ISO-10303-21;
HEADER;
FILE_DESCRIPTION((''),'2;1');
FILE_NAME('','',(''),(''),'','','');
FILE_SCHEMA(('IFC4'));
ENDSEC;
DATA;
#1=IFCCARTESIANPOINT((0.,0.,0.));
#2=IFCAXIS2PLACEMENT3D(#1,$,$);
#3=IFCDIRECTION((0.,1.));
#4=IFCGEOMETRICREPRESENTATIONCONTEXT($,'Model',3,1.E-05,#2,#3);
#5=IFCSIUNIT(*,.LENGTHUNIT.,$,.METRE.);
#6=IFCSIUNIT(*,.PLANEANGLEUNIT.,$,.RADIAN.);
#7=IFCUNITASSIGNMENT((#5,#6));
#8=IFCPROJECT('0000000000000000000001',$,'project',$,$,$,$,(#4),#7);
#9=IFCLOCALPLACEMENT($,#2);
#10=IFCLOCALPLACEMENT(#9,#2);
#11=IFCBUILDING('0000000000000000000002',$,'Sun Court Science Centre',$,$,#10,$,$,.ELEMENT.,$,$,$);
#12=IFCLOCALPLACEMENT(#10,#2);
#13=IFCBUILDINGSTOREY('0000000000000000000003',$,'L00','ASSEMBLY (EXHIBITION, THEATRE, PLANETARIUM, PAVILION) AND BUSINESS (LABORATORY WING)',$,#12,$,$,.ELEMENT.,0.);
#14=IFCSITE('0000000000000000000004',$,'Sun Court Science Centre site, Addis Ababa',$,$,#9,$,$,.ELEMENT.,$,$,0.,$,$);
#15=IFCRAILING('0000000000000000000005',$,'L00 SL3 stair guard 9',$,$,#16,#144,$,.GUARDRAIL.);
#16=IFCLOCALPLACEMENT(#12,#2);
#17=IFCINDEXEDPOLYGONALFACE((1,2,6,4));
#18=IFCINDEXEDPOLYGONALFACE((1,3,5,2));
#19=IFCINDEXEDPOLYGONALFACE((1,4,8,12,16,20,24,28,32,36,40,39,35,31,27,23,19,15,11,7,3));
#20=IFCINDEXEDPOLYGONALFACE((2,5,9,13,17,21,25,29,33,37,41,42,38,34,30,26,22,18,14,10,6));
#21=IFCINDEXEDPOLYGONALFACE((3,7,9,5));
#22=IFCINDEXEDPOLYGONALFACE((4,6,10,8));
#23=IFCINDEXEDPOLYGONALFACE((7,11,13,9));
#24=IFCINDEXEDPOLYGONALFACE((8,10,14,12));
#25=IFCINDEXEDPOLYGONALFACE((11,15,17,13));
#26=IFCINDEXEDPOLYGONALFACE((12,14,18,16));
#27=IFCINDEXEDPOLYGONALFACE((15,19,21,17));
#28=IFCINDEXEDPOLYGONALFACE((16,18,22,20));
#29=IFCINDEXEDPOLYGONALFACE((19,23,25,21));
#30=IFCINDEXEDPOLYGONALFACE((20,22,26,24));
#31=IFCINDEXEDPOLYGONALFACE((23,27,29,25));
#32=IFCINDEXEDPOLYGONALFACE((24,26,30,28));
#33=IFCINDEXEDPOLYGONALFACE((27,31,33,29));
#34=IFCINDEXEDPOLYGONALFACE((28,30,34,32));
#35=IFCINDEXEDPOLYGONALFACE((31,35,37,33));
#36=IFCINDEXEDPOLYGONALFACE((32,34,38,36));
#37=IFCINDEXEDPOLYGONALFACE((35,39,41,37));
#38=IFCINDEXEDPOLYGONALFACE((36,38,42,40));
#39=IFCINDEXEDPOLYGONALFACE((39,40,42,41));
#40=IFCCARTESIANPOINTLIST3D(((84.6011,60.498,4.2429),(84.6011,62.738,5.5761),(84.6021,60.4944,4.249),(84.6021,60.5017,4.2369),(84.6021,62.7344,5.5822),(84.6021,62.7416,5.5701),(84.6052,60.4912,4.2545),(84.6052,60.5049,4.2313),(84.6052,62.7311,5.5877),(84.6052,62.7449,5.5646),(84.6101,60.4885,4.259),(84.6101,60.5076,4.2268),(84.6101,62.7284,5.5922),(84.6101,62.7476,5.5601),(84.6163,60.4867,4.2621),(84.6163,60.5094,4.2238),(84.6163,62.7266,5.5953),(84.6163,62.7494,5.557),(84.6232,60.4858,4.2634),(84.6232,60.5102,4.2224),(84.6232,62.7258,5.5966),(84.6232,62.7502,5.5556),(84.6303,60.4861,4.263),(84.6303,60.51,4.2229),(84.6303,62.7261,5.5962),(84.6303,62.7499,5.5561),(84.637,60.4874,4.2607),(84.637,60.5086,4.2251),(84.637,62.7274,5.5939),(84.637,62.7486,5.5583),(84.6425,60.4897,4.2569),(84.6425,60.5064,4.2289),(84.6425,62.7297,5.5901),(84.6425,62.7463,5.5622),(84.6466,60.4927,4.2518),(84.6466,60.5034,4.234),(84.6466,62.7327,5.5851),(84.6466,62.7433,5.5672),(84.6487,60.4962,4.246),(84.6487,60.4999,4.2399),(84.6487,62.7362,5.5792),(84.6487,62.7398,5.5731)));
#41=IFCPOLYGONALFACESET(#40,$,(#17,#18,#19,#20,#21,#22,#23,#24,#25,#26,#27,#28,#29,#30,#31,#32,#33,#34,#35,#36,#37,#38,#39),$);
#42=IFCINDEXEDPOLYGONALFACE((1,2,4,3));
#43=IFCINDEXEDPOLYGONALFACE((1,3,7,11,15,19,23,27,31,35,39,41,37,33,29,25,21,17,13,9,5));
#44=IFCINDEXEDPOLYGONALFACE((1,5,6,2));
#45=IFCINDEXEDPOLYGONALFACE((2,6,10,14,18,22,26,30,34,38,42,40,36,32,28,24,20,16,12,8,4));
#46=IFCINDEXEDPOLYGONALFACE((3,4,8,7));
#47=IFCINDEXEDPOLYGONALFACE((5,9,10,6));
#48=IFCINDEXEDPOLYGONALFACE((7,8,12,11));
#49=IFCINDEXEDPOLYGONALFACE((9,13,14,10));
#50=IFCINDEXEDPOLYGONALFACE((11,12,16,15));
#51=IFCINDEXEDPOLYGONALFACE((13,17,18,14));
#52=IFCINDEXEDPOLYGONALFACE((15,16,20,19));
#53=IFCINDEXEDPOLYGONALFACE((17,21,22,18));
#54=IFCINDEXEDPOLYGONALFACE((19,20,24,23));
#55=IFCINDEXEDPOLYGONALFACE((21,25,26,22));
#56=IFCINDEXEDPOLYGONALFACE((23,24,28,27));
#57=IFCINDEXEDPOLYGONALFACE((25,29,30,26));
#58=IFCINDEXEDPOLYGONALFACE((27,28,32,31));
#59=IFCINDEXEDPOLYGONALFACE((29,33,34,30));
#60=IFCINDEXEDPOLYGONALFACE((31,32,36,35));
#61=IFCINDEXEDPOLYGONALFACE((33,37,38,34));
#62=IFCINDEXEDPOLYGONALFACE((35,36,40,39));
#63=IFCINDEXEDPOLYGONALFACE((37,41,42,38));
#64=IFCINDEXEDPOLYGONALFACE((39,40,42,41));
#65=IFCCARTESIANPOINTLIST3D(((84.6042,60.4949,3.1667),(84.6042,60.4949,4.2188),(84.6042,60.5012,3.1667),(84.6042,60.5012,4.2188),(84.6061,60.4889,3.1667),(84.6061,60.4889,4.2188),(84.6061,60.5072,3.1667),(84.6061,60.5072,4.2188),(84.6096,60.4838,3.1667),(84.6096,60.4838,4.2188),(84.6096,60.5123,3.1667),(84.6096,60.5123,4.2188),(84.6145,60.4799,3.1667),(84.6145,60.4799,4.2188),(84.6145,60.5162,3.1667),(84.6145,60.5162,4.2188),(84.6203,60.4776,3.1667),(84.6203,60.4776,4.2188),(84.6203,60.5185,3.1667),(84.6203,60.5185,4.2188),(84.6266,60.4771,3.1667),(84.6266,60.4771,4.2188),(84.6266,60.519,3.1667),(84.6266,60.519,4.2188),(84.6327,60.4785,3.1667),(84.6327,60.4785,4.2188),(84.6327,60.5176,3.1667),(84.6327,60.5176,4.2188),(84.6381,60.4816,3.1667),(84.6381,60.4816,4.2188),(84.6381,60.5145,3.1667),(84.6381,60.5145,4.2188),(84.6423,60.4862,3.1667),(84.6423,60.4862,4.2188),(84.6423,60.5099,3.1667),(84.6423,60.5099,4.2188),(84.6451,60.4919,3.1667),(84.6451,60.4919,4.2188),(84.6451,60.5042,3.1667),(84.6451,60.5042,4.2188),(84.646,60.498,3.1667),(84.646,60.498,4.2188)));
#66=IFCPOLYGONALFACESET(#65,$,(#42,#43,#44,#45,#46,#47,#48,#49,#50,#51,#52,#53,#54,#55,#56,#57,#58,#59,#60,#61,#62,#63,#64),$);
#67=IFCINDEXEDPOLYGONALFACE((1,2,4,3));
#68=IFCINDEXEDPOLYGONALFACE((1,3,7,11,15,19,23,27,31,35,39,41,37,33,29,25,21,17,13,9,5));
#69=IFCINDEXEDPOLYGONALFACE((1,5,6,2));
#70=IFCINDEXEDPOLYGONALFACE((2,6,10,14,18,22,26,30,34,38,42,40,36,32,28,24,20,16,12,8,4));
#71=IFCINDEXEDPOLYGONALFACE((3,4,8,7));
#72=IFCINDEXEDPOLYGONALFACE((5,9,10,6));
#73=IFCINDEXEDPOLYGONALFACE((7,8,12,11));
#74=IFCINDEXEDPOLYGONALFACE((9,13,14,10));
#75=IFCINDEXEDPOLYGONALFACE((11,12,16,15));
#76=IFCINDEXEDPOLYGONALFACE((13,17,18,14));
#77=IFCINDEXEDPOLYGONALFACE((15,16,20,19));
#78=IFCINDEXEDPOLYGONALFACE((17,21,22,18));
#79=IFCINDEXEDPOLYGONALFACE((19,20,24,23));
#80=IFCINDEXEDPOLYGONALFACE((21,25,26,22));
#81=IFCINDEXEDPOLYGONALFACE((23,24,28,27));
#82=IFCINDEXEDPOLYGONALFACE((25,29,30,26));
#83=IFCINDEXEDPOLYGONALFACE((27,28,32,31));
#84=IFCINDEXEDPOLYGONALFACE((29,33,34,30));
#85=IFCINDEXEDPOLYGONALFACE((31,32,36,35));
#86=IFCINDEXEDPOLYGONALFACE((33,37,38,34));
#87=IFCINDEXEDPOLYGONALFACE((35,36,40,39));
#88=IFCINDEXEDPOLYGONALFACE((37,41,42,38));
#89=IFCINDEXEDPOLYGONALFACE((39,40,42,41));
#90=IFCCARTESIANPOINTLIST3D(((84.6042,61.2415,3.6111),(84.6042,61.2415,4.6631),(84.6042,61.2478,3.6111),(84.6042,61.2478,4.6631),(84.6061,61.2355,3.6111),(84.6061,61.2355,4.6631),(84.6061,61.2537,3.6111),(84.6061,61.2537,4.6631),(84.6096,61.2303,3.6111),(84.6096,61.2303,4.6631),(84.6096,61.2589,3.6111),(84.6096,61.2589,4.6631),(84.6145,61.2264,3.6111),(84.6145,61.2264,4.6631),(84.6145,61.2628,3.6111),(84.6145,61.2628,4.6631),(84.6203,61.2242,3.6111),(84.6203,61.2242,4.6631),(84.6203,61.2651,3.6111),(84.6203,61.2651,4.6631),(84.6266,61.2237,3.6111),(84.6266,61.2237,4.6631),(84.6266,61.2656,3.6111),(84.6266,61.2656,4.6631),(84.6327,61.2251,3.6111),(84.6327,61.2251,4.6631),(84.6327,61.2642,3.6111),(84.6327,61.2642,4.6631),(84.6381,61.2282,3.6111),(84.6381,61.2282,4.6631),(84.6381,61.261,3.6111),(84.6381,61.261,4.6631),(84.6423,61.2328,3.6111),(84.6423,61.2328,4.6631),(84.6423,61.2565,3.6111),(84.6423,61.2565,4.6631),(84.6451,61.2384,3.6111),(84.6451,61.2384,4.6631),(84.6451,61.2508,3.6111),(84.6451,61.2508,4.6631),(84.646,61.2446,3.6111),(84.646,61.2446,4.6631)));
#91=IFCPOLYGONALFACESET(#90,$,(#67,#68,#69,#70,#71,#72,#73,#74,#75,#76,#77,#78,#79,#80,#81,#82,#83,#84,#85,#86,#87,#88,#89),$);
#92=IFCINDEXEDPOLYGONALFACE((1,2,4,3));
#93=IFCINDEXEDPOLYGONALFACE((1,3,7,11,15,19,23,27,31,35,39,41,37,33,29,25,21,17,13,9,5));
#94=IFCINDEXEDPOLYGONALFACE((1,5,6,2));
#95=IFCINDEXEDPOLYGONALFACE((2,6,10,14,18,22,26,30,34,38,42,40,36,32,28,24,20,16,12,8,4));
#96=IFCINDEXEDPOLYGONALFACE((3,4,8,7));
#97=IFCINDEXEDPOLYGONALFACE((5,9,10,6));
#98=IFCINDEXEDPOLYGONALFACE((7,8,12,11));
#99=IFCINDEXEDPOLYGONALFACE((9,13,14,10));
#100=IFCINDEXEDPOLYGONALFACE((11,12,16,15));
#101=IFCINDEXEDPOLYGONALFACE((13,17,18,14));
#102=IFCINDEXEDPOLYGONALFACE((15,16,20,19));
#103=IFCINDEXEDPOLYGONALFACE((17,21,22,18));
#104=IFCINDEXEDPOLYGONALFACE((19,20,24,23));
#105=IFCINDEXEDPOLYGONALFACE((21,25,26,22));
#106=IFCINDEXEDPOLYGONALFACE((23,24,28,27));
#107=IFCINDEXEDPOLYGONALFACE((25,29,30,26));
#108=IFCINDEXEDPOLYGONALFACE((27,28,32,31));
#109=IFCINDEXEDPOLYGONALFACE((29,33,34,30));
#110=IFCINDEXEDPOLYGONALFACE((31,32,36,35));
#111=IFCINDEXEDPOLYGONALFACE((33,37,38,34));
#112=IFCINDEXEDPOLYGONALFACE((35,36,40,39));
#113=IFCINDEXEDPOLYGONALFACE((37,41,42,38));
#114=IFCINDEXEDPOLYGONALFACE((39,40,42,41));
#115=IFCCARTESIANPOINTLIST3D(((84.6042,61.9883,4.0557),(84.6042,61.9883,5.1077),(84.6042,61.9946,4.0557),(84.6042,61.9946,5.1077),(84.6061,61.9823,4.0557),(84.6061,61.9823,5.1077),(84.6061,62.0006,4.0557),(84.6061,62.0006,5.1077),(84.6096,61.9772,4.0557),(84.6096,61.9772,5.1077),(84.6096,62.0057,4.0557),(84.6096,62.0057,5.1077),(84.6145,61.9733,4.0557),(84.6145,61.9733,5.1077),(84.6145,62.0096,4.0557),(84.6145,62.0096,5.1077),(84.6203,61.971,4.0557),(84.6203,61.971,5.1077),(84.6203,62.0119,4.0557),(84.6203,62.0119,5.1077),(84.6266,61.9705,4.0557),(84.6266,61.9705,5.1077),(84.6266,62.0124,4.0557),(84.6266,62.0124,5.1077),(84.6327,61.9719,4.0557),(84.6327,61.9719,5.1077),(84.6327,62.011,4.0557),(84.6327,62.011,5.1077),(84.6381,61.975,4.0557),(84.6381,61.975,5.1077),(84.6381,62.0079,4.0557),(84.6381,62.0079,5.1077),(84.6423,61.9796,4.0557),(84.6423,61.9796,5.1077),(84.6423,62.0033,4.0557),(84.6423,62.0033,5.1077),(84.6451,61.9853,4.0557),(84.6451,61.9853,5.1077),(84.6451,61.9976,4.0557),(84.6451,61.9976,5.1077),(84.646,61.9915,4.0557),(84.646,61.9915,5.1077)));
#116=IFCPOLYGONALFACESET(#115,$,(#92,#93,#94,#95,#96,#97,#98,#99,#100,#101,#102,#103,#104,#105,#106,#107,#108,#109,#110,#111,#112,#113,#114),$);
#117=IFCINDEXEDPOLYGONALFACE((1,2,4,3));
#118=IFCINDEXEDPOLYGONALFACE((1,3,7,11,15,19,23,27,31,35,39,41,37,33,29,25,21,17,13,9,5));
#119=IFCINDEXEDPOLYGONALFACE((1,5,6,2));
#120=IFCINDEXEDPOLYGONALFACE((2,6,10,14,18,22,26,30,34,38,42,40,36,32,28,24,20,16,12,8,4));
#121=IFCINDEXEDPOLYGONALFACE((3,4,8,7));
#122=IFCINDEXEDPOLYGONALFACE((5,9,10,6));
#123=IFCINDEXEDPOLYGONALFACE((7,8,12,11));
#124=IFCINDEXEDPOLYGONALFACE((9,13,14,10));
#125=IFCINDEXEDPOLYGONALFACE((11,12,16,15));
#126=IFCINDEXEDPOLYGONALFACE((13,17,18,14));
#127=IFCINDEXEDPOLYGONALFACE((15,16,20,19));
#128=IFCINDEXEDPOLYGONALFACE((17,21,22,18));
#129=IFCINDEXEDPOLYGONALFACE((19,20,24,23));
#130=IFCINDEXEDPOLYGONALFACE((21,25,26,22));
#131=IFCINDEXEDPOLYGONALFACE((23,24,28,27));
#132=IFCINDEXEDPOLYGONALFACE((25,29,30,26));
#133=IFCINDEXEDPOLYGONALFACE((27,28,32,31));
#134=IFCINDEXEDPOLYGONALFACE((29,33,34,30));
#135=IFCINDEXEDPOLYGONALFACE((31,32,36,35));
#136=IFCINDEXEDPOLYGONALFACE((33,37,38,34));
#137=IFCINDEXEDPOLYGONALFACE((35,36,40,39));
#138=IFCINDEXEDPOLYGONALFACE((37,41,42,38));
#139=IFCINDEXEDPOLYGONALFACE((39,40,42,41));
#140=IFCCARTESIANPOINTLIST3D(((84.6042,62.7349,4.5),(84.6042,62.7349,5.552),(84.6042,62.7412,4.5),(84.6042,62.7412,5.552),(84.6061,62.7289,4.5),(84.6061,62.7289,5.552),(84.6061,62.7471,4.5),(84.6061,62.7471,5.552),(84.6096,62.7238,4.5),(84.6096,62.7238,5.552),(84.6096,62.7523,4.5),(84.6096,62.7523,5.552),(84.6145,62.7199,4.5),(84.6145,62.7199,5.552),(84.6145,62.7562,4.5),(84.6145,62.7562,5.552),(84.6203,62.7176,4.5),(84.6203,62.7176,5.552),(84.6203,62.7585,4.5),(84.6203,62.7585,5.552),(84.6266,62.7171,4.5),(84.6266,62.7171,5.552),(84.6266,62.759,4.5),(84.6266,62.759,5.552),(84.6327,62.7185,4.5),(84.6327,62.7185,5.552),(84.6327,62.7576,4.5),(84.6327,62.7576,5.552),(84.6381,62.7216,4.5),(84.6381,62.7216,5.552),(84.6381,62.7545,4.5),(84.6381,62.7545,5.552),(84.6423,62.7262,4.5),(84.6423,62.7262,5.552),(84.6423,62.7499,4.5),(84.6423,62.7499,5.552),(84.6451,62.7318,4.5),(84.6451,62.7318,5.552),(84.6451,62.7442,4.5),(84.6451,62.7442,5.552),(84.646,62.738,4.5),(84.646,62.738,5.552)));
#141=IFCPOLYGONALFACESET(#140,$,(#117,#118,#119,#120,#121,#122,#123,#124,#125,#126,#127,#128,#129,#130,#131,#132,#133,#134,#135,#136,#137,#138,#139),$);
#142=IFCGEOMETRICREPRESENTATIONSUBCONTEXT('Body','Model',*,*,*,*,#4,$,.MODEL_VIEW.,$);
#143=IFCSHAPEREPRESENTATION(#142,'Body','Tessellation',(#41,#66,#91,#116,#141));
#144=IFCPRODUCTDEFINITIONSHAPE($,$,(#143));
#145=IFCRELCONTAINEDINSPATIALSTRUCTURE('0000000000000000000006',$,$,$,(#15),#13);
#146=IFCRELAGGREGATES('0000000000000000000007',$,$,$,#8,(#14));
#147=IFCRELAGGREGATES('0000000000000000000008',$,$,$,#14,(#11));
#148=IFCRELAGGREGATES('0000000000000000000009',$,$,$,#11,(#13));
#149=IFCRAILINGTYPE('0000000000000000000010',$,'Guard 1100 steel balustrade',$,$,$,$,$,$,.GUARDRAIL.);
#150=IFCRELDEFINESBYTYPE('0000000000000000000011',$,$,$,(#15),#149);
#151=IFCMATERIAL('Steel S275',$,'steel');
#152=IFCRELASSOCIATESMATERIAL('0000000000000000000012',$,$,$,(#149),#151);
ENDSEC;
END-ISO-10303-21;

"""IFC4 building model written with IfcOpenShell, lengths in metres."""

from ifc_helpers import new_model, si_unit, direction, frame, origin, origin_2d, place, context, subcontext, project, spatial, circle, extrude, material, type_object, element, save


model = new_model("IFC4")

# Units and contexts
model_context = context("Model", 3, precision=1e-05, world=origin(), true_north=direction((0.0, 1.0)))
body_context = subcontext(model_context, "Body", "Model", "MODEL_VIEW")
ifc_project = project(units=[si_unit("LENGTHUNIT", "METRE"), si_unit("PLANEANGLEUNIT", "RADIAN")], contexts=[model_context])

# Site, building, storey
site_placement = place(None, origin())
site = spatial("IfcSite", under=ifc_project, at=site_placement, Name="Sun Court Science Centre site, Addis Ababa", CompositionType="ELEMENT", RefElevation=0.0)
building_placement = place(site_placement, origin())
building = spatial("IfcBuilding", under=site, at=building_placement, Name="Sun Court Science Centre", CompositionType="ELEMENT")
storey_placement = place(building_placement, origin())
storey = spatial("IfcBuildingStorey", under=building, at=storey_placement, Name="L00", Description="ASSEMBLY (EXHIBITION, THEATRE, PLANETARIUM, PAVILION) AND BUSINESS (LABORATORY WING)", CompositionType="ELEMENT", Elevation=0.0)

# Railing
ifc_material_1 = material(Name="Steel S275", Category="steel")
railing_type_1 = type_object("IfcRailingType", Name="Guard 1100 steel balustrade", PredefinedType="GUARDRAIL", material=ifc_material_1)
railing_1_placement = place(storey_placement, frame((84.625, 60.498, 3.1667)))
element("IfcRailing", 1, at=railing_1_placement, inside=storey, type_object=railing_type_1, Name="L00 SL3 stair guard 9", PredefinedType="GUARDRAIL", context=body_context, shape_type="SweptSolid", body=[
    extrude(circle(Radius=0.0239, at=origin_2d()), frame((0.0, 0.0, 1.0762), z_axis=(0.0, 0.859306, 0.511462), x_axis=(-1.0, 0.0, 0.0)), (0.0, 0.0, 1.0), 2.6067),
    extrude(circle(Radius=0.021, at=origin_2d()), origin(), (0.0, 0.0, 1.0), 1.052),
    extrude(circle(Radius=0.021, at=origin_2d()), frame((0.0, 0.7466, 0.4443)), (0.0, 0.0, 1.0), 1.052),
    extrude(circle(Radius=0.021, at=origin_2d()), frame((0.0, 1.4934, 0.8889)), (0.0, 0.0, 1.0), 1.052),
    extrude(circle(Radius=0.021, at=origin_2d()), frame((0.0, 2.24, 1.3333)), (0.0, 0.0, 1.0), 1.052),
])

save(model, "model.ifc")
